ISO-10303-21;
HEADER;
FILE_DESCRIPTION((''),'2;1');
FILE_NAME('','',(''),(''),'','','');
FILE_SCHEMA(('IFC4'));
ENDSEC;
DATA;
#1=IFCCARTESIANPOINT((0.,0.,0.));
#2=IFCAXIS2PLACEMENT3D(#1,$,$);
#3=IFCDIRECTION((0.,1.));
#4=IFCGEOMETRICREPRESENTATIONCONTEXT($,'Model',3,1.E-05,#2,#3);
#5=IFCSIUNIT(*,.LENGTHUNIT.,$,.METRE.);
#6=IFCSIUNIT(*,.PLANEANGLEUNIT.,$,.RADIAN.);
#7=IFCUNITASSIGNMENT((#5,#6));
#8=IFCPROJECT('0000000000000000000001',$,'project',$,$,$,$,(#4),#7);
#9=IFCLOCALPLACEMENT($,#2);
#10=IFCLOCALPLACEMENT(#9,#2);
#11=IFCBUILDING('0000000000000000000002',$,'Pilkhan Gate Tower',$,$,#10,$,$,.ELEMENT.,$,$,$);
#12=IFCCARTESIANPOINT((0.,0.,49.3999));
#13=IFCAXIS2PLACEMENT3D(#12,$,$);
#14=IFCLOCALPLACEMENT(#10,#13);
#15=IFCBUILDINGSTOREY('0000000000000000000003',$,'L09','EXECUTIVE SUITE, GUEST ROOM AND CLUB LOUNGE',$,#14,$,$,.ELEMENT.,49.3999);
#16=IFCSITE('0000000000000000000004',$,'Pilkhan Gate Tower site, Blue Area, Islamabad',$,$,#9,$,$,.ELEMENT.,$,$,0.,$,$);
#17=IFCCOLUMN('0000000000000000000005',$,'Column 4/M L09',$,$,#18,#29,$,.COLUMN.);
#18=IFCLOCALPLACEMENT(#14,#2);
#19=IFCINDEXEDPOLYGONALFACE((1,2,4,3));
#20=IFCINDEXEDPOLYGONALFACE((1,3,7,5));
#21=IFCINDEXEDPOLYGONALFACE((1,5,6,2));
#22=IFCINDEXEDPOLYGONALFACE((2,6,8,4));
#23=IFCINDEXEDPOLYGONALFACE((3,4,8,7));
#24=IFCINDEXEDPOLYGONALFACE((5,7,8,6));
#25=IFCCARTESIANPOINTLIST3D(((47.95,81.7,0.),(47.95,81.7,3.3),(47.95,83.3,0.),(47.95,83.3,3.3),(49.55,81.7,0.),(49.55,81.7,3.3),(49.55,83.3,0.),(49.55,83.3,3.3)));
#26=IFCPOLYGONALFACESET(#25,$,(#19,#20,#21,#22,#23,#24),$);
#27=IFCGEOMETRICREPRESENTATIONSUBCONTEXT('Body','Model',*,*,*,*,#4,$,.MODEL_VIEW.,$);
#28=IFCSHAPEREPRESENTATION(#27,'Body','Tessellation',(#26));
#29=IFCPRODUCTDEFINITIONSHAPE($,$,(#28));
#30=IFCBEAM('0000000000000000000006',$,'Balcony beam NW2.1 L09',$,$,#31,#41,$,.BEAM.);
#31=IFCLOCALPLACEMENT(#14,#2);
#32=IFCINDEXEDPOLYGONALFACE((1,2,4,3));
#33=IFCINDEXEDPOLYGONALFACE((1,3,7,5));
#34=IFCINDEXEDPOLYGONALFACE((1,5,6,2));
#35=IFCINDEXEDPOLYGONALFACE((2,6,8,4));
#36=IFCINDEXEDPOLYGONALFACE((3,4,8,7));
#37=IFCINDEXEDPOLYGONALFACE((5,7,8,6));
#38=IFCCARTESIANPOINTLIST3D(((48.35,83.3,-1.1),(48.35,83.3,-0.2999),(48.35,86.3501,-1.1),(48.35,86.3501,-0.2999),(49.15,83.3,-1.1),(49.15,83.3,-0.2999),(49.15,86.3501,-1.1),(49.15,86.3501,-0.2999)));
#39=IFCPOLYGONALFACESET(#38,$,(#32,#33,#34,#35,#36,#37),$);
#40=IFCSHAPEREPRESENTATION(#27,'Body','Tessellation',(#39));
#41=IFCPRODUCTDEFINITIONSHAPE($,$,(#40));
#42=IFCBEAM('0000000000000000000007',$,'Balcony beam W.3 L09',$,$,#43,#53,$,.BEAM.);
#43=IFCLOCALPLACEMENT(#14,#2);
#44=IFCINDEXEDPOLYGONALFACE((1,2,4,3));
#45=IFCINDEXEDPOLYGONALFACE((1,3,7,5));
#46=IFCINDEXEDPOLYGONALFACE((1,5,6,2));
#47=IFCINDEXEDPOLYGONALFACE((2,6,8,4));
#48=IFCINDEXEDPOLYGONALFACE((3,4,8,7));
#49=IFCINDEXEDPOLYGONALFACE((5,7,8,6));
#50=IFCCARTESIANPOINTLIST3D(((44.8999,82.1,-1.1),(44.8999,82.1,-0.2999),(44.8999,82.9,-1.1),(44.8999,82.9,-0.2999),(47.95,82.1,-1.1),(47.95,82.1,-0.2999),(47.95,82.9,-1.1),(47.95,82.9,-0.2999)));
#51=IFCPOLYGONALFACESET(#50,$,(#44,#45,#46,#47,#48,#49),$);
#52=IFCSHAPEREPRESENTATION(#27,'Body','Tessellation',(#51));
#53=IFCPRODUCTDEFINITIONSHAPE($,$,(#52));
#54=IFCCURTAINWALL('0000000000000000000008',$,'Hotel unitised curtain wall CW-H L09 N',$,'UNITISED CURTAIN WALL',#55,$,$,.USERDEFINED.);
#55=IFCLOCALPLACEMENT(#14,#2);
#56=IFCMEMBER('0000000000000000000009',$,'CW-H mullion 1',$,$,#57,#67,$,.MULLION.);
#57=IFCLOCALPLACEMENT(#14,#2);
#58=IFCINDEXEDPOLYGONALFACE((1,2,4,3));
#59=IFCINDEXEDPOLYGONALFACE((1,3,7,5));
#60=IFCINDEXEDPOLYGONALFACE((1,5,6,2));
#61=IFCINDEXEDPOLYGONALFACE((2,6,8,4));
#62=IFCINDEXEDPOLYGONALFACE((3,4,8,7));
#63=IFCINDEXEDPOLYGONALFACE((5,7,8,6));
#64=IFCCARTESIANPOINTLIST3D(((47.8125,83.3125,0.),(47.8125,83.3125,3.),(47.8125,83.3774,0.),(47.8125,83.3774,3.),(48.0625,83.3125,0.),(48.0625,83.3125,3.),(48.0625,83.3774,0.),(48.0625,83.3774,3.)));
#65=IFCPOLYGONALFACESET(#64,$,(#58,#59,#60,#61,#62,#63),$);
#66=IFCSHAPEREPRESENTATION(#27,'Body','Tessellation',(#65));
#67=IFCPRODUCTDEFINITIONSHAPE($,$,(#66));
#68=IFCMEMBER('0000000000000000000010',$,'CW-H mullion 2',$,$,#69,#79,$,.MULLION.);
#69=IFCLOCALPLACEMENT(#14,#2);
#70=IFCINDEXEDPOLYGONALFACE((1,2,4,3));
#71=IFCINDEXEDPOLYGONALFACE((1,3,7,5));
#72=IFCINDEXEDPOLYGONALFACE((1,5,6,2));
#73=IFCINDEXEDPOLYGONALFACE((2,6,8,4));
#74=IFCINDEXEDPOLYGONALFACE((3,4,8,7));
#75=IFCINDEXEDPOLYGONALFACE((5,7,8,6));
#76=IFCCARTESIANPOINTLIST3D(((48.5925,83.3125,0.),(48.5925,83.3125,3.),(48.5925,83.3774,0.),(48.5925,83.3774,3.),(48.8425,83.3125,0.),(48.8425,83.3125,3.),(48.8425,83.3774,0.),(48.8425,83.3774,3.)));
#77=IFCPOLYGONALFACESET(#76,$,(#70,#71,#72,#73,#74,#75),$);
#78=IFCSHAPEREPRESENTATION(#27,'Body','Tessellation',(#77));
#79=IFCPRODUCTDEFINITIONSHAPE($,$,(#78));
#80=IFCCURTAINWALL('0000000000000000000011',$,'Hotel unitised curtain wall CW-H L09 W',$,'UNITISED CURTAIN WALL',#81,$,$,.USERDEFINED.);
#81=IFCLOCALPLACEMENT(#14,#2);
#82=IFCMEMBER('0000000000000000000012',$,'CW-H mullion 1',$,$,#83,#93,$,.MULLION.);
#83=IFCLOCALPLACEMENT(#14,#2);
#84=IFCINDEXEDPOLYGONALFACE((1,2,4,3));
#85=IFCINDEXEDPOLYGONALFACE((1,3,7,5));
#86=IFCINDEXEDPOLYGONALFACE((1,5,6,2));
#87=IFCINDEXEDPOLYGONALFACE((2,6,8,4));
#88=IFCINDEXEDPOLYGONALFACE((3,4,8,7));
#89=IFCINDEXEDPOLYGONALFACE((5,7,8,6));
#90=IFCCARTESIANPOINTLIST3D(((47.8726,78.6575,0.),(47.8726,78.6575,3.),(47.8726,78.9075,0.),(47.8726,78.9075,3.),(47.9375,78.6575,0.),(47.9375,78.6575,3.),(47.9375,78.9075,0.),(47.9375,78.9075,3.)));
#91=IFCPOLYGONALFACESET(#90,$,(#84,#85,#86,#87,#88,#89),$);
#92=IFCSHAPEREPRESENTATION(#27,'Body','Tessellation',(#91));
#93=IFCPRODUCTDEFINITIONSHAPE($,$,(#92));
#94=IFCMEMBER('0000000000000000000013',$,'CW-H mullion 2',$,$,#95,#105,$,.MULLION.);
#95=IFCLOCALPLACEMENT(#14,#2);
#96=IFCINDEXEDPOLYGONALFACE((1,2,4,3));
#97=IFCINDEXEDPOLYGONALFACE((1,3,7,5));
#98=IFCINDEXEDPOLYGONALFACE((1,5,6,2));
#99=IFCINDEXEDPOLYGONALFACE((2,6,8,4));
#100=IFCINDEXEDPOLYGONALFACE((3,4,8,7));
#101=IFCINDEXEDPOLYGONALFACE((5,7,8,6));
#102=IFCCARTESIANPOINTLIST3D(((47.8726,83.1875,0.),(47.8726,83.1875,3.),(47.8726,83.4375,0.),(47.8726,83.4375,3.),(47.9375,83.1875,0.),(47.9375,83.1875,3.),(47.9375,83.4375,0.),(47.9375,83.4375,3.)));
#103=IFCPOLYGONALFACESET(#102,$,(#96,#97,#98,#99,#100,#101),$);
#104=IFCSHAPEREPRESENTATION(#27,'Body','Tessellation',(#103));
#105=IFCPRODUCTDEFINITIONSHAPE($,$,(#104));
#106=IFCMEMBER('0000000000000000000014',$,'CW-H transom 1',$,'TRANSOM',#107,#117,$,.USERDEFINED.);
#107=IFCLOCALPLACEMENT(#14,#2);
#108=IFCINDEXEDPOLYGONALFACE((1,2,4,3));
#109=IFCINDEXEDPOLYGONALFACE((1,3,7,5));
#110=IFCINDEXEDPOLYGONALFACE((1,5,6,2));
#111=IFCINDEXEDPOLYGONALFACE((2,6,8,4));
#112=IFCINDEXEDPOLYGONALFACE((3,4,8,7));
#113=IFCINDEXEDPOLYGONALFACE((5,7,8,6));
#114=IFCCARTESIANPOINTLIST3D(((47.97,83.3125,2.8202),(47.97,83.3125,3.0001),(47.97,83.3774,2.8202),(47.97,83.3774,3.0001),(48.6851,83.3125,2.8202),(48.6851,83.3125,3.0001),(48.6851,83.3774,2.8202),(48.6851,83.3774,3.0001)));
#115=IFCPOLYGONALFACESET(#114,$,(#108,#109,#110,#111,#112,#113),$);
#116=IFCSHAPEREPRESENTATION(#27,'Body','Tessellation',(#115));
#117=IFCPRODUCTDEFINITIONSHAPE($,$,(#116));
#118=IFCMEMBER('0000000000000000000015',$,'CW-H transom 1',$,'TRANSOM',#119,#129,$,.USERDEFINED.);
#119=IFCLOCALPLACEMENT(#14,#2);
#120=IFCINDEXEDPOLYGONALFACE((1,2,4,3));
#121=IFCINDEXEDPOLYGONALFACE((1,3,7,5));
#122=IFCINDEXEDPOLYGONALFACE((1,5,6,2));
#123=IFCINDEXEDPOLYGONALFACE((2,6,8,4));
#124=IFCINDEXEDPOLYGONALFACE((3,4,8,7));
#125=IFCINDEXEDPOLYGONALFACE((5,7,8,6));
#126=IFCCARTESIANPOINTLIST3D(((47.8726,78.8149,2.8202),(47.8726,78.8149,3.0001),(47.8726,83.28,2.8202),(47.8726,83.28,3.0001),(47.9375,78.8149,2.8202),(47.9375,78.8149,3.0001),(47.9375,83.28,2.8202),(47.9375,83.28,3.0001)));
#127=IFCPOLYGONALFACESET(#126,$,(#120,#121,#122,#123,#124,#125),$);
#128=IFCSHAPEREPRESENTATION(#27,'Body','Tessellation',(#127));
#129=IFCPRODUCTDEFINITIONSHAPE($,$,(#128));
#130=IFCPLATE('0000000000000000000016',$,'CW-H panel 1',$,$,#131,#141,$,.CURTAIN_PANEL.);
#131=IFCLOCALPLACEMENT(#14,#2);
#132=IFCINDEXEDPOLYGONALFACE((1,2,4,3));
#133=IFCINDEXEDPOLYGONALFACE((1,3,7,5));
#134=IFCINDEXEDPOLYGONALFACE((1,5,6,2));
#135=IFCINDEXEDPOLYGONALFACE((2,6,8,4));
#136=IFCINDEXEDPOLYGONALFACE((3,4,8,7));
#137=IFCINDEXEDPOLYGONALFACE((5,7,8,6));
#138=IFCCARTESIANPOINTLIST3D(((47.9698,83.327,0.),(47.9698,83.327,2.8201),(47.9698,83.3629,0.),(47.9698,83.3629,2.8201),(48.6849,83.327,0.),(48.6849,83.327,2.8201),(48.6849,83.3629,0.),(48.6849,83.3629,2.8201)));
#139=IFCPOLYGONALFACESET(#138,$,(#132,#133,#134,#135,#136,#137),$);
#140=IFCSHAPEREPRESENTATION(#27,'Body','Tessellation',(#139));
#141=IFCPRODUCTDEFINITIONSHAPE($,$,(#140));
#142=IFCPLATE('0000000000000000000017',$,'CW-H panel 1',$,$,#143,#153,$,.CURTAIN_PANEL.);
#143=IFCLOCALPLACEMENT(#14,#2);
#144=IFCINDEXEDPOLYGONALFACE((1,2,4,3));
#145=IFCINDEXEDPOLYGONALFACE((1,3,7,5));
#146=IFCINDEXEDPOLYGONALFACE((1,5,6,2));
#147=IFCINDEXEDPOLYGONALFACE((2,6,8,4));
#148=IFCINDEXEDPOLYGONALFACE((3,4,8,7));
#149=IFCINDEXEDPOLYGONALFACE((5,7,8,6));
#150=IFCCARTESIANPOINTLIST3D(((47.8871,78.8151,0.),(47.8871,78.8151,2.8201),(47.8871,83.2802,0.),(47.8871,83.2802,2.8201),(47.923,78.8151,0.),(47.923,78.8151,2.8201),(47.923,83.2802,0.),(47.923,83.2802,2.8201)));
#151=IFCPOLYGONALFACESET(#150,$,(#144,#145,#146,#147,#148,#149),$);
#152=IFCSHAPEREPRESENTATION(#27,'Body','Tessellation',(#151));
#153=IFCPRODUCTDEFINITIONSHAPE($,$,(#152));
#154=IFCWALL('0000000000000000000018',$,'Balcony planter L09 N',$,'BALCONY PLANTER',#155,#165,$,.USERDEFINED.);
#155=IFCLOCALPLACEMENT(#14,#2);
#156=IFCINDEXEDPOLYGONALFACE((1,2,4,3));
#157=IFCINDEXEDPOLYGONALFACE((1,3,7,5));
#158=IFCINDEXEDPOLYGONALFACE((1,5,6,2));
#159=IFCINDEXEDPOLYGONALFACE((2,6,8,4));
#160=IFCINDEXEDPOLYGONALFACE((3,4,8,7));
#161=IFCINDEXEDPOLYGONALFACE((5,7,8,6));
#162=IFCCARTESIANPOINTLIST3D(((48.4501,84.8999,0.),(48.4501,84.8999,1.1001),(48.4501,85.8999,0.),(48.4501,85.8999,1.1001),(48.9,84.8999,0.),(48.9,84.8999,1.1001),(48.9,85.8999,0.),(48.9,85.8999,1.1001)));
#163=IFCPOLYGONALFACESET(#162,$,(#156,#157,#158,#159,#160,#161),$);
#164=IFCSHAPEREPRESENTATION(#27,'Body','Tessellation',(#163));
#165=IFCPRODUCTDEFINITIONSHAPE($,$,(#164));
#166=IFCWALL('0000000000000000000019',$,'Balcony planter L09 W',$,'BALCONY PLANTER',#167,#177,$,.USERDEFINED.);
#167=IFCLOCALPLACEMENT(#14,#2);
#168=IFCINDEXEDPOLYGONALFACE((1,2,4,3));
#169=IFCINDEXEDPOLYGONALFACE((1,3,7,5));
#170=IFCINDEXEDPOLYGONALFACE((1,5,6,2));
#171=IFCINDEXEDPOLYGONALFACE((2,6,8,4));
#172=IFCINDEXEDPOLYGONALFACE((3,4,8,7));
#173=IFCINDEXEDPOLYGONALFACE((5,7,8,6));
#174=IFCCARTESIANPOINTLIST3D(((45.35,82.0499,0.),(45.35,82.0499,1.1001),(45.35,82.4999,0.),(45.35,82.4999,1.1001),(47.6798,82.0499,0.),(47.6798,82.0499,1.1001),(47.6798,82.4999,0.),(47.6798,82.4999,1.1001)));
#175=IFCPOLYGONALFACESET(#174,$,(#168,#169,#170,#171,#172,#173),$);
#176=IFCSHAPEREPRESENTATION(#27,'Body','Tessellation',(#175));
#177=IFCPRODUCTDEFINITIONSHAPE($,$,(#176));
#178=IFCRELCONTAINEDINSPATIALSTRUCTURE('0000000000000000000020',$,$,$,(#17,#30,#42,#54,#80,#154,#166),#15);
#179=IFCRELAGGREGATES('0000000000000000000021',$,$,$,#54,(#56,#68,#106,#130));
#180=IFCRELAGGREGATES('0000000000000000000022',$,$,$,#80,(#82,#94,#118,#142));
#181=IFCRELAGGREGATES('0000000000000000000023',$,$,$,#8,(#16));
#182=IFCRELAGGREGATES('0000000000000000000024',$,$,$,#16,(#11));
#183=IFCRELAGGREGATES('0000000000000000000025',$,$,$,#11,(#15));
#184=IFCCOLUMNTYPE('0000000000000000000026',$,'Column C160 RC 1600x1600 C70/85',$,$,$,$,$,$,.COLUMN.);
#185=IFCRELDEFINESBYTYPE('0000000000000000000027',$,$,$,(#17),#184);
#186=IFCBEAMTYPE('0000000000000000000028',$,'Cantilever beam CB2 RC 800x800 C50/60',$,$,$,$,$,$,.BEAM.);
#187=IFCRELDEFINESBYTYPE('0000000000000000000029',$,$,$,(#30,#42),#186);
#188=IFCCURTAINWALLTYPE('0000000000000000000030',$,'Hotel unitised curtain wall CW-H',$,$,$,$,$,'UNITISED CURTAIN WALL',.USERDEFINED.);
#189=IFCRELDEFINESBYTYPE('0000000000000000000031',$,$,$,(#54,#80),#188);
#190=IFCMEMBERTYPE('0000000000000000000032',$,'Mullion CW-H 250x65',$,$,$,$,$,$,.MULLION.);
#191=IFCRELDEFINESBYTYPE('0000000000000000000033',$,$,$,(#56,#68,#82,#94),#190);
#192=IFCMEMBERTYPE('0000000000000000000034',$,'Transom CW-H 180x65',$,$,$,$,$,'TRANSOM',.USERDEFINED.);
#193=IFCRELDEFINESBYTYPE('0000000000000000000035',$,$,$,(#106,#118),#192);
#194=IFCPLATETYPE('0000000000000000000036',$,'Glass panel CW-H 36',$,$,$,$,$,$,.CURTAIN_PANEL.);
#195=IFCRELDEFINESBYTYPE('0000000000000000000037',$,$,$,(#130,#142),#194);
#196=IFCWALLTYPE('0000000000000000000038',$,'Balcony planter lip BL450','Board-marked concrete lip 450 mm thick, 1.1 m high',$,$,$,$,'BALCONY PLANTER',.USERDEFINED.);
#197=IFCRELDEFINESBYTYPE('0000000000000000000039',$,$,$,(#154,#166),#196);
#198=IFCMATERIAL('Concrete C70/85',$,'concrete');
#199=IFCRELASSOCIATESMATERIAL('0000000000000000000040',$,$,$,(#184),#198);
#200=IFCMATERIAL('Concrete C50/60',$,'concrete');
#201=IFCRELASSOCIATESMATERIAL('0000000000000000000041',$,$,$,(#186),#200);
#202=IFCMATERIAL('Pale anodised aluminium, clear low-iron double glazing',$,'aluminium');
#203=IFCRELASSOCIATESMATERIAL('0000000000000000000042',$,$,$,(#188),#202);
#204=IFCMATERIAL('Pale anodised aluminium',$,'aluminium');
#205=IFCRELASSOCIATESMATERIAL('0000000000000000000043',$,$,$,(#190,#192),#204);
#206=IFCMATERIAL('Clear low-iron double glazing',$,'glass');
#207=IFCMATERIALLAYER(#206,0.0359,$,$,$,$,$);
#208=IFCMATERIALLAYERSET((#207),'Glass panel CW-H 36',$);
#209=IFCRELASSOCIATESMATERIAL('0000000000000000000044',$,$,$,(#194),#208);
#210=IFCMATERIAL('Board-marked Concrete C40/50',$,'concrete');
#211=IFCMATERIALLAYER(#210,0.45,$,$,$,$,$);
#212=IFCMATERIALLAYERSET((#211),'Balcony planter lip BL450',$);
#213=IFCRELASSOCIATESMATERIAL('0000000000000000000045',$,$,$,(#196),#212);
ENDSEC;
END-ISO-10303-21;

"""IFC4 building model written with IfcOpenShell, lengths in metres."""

from ifc_helpers import new_model, si_unit, direction, frame, frame_2d, origin, origin_2d, place, context, subcontext, project, spatial, rectangle, extrude, material, layer, layer_set, material_profile, profile_set, type_object, element, aggregate, save


model = new_model("IFC4")

# Units and contexts
model_context = context("Model", 3, precision=1e-05, world=origin(), true_north=direction((0.0, 1.0)))
body_context = subcontext(model_context, "Body", "Model", "MODEL_VIEW")
ifc_project = project(units=[si_unit("LENGTHUNIT", "METRE"), si_unit("PLANEANGLEUNIT", "RADIAN")], contexts=[model_context])

# Site, building, storey
site_placement = place(None, origin())
site = spatial("IfcSite", under=ifc_project, at=site_placement, Name="Pilkhan Gate Tower site, Blue Area, Islamabad", CompositionType="ELEMENT", RefElevation=0.0)
building_placement = place(site_placement, origin())
building = spatial("IfcBuilding", under=site, at=building_placement, Name="Pilkhan Gate Tower", CompositionType="ELEMENT")
storey_placement = place(building_placement, frame((0.0, 0.0, 49.3999)))
storey = spatial("IfcBuildingStorey", under=building, at=storey_placement, Name="L09", Description="EXECUTIVE SUITE, GUEST ROOM AND CLUB LOUNGE", CompositionType="ELEMENT", Elevation=49.3999)

# Column
ifc_material_1 = material(Name="Concrete C70/85", Category="concrete")
ifc_material_profile_1 = material_profile(ifc_material_1, rectangle(XDim=1.6001, YDim=1.6001, at=origin_2d()), Name="RC 1600x1600")
ifc_profile_set_1 = profile_set([ifc_material_profile_1], Name="Concrete C70/85")
column_type = type_object("IfcColumnType", Name="Column C160 RC 1600x1600 C70/85", PredefinedType="COLUMN", material=ifc_profile_set_1)
column_placement = place(storey_placement, frame((48.75, 82.5, 0.0), z_axis=(0.0, 0.0, 1.0), x_axis=(1.0, 0.0, 0.0)))
element("IfcColumn", 1, at=column_placement, inside=storey, type_object=column_type, Name="Column 4/M L09", PredefinedType="COLUMN", context=body_context, shape_type="SweptSolid", body=[
    extrude(rectangle(XDim=1.6001, YDim=1.6001, at=origin_2d()), origin(), (0.0, 0.0, 1.0), 3.3),
])

# Beams
ifc_material_2 = material(Name="Concrete C50/60", Category="concrete")
ifc_material_profile_2 = material_profile(ifc_material_2, rectangle(XDim=0.8, YDim=0.8, at=origin_2d()), Name="RC 800x800")
ifc_profile_set_2 = profile_set([ifc_material_profile_2], Name="Concrete C50/60")
beam_type = type_object("IfcBeamType", Name="Cantilever beam CB2 RC 800x800 C50/60", PredefinedType="BEAM", material=ifc_profile_set_2)
for number, where, z_axis, x_axis, name in (
    (2, (48.75, 83.3, -0.7), (0.0, 1.0, 0.0), (-1.0, 0.0, 0.0), "Balcony beam NW2.1 L09"),
    (3, (47.95, 82.5, -0.7), (-1.0, 0.0, 0.0), (0.0, -1.0, 0.0), "Balcony beam W.3 L09"),
):
    element("IfcBeam", number, at=place(storey_placement, frame(where, z_axis=z_axis, x_axis=x_axis)), inside=storey, type_object=beam_type, Name=name, PredefinedType="BEAM", context=body_context, shape_type="SweptSolid", body=[
        extrude(rectangle(XDim=0.8, YDim=0.8, at=origin_2d()), origin(), (0.0, 0.0, 1.0), 3.05),
    ])

# Curtain walls, members
ifc_material_3 = material(Name="Pale anodised aluminium, clear low-iron double glazing", Category="aluminium")
curtain_wall_type = type_object("IfcCurtainWallType", Name="Hotel unitised curtain wall CW-H", ElementType="UNITISED CURTAIN WALL", PredefinedType="USERDEFINED", material=ifc_material_3)
curtain_wall_1_placement = place(storey_placement, origin())
curtain_wall_1 = element("IfcCurtainWall", 4, at=curtain_wall_1_placement, inside=storey, type_object=curtain_wall_type, Name="Hotel unitised curtain wall CW-H L09 N", ObjectType="UNITISED CURTAIN WALL", PredefinedType="USERDEFINED")
ifc_material_4 = material(Name="Pale anodised aluminium", Category="aluminium")
ifc_material_profile_3 = material_profile(ifc_material_4, rectangle(XDim=0.0649, YDim=0.25, at=origin_2d()), Name="Mullion 250x65")
ifc_profile_set_3 = profile_set([ifc_material_profile_3], Name="Pale anodised aluminium")
member_type_1 = type_object("IfcMemberType", Name="Mullion CW-H 250x65", PredefinedType="MULLION", material=ifc_profile_set_3)
member_1_placement = place(storey_placement, frame((47.9375, 83.345, 0.0), z_axis=(0.0, 0.0, 1.0), x_axis=(0.0, 1.0, 0.0)))
member_1 = element("IfcMember", 5, at=member_1_placement, type_object=member_type_1, Name="CW-H mullion 1", PredefinedType="MULLION", context=body_context, shape_type="SweptSolid", body=[
    extrude(rectangle(XDim=0.0649, YDim=0.25, at=origin_2d()), origin(), (0.0, 0.0, 1.0), 3.0),
])
member_2_placement = place(storey_placement, frame((48.7175, 83.345, 0.0), z_axis=(0.0, 0.0, 1.0), x_axis=(0.0, 1.0, 0.0)))
member_2 = element("IfcMember", 6, at=member_2_placement, type_object=member_type_1, Name="CW-H mullion 2", PredefinedType="MULLION", context=body_context, shape_type="SweptSolid", body=[
    extrude(rectangle(XDim=0.0649, YDim=0.25, at=origin_2d()), origin(), (0.0, 0.0, 1.0), 3.0),
])
curtain_wall_2_placement = place(storey_placement, origin())
curtain_wall_2 = element("IfcCurtainWall", 7, at=curtain_wall_2_placement, inside=storey, type_object=curtain_wall_type, Name="Hotel unitised curtain wall CW-H L09 W", ObjectType="UNITISED CURTAIN WALL", PredefinedType="USERDEFINED")
member_3_placement = place(storey_placement, frame((47.905, 78.7825, 0.0), z_axis=(0.0, 0.0, 1.0), x_axis=(-1.0, 0.0, 0.0)))
member_3 = element("IfcMember", 8, at=member_3_placement, type_object=member_type_1, Name="CW-H mullion 1", PredefinedType="MULLION", context=body_context, shape_type="SweptSolid", body=[
    extrude(rectangle(XDim=0.0649, YDim=0.25, at=origin_2d()), origin(), (0.0, 0.0, 1.0), 3.0),
])
member_4_placement = place(storey_placement, frame((47.905, 83.3125, 0.0), z_axis=(0.0, 0.0, 1.0), x_axis=(-1.0, 0.0, 0.0)))
member_4 = element("IfcMember", 9, at=member_4_placement, type_object=member_type_1, Name="CW-H mullion 2", PredefinedType="MULLION", context=body_context, shape_type="SweptSolid", body=[
    extrude(rectangle(XDim=0.0649, YDim=0.25, at=origin_2d()), origin(), (0.0, 0.0, 1.0), 3.0),
])

# Members
ifc_material_profile_4 = material_profile(ifc_material_4, rectangle(XDim=0.0649, YDim=0.1799, at=origin_2d()), Name="Transom 180x65")
ifc_profile_set_4 = profile_set([ifc_material_profile_4], Name="Pale anodised aluminium")
member_type_2 = type_object("IfcMemberType", Name="Transom CW-H 180x65", ElementType="TRANSOM", PredefinedType="USERDEFINED", material=ifc_profile_set_4)
member_5_placement = place(storey_placement, frame((47.97, 83.345, 2.9102), z_axis=(1.0, 0.0, 0.0), x_axis=(0.0, 1.0, 0.0)))
member_5 = element("IfcMember", 10, at=member_5_placement, type_object=member_type_2, Name="CW-H transom 1", ObjectType="TRANSOM", PredefinedType="USERDEFINED", context=body_context, shape_type="SweptSolid", body=[
    extrude(rectangle(XDim=0.0649, YDim=0.1799, at=origin_2d()), origin(), (0.0, 0.0, 1.0), 0.7151),
])
member_6_placement = place(storey_placement, frame((47.905, 78.8149, 2.9102), z_axis=(0.0, 1.0, 0.0), x_axis=(-1.0, 0.0, 0.0)))
member_6 = element("IfcMember", 11, at=member_6_placement, type_object=member_type_2, Name="CW-H transom 1", ObjectType="TRANSOM", PredefinedType="USERDEFINED", context=body_context, shape_type="SweptSolid", body=[
    extrude(rectangle(XDim=0.0649, YDim=0.1799, at=origin_2d()), origin(), (0.0, 0.0, 1.0), 4.4651),
])

# Plates
ifc_material_5 = material(Name="Clear low-iron double glazing", Category="glass")
ifc_layer_1 = layer(ifc_material_5, 0.0359)
ifc_layer_set_1 = layer_set([ifc_layer_1], Name="Glass panel CW-H 36")
plate_type = type_object("IfcPlateType", Name="Glass panel CW-H 36", PredefinedType="CURTAIN_PANEL", material=ifc_layer_set_1)
plate_1_placement = place(storey_placement, frame((48.3274, 83.345, 0.0), z_axis=(0.0, 0.0, 1.0), x_axis=(1.0, 0.0, 0.0)))
plate_1 = element("IfcPlate", 12, at=plate_1_placement, type_object=plate_type, Name="CW-H panel 1", PredefinedType="CURTAIN_PANEL", context=body_context, shape_type="SweptSolid", body=[
    extrude(rectangle(XDim=0.7151, YDim=0.0359, at=origin_2d()), origin(), (0.0, 0.0, 1.0), 2.8201),
])
aggregate(curtain_wall_1, [member_1, member_2, member_5, plate_1])
plate_2_placement = place(storey_placement, frame((47.905, 81.0476, 0.0), z_axis=(0.0, 0.0, 1.0), x_axis=(0.0, 1.0, 0.0)))
plate_2 = element("IfcPlate", 13, at=plate_2_placement, type_object=plate_type, Name="CW-H panel 1", PredefinedType="CURTAIN_PANEL", context=body_context, shape_type="SweptSolid", body=[
    extrude(rectangle(XDim=4.4651, YDim=0.0359, at=origin_2d()), origin(), (0.0, 0.0, 1.0), 2.8201),
])
aggregate(curtain_wall_2, [member_3, member_4, member_6, plate_2])

# Walls
ifc_material_6 = material(Name="Board-marked Concrete C40/50", Category="concrete")
ifc_layer_2 = layer(ifc_material_6, 0.45)
ifc_layer_set_2 = layer_set([ifc_layer_2], Name="Balcony planter lip BL450")
wall_type_1 = type_object("IfcWallType", Name="Balcony planter lip BL450", Description="Board-marked concrete lip 450 mm thick, 1.1 m high", ElementType="BALCONY PLANTER", PredefinedType="USERDEFINED", material=ifc_layer_set_2)
wall_1_placement = place(storey_placement, frame((48.675, 84.8999, 0.0), z_axis=(0.0, 0.0, 1.0), x_axis=(0.0, 1.0, 0.0)))
element("IfcWall", 14, at=wall_1_placement, inside=storey, type_object=wall_type_1, Name="Balcony planter L09 N", ObjectType="BALCONY PLANTER", PredefinedType="USERDEFINED", context=body_context, shape_type="SweptSolid", body=[
    extrude(rectangle(XDim=1.0, YDim=0.45, at=frame_2d((0.5, 0.0))), origin(), (0.0, 0.0, 1.0), 1.1001),
])
wall_2_placement = place(storey_placement, frame((47.6799, 82.2749, 0.0), z_axis=(0.0, 0.0, 1.0), x_axis=(-1.0, 0.0, 0.0)))
element("IfcWall", 15, at=wall_2_placement, inside=storey, type_object=wall_type_1, Name="Balcony planter L09 W", ObjectType="BALCONY PLANTER", PredefinedType="USERDEFINED", context=body_context, shape_type="SweptSolid", body=[
    extrude(rectangle(XDim=2.3298, YDim=0.45, at=frame_2d((1.165, 0.0))), origin(), (0.0, 0.0, 1.0), 1.1001),
])

save(model, "model.ifc")
